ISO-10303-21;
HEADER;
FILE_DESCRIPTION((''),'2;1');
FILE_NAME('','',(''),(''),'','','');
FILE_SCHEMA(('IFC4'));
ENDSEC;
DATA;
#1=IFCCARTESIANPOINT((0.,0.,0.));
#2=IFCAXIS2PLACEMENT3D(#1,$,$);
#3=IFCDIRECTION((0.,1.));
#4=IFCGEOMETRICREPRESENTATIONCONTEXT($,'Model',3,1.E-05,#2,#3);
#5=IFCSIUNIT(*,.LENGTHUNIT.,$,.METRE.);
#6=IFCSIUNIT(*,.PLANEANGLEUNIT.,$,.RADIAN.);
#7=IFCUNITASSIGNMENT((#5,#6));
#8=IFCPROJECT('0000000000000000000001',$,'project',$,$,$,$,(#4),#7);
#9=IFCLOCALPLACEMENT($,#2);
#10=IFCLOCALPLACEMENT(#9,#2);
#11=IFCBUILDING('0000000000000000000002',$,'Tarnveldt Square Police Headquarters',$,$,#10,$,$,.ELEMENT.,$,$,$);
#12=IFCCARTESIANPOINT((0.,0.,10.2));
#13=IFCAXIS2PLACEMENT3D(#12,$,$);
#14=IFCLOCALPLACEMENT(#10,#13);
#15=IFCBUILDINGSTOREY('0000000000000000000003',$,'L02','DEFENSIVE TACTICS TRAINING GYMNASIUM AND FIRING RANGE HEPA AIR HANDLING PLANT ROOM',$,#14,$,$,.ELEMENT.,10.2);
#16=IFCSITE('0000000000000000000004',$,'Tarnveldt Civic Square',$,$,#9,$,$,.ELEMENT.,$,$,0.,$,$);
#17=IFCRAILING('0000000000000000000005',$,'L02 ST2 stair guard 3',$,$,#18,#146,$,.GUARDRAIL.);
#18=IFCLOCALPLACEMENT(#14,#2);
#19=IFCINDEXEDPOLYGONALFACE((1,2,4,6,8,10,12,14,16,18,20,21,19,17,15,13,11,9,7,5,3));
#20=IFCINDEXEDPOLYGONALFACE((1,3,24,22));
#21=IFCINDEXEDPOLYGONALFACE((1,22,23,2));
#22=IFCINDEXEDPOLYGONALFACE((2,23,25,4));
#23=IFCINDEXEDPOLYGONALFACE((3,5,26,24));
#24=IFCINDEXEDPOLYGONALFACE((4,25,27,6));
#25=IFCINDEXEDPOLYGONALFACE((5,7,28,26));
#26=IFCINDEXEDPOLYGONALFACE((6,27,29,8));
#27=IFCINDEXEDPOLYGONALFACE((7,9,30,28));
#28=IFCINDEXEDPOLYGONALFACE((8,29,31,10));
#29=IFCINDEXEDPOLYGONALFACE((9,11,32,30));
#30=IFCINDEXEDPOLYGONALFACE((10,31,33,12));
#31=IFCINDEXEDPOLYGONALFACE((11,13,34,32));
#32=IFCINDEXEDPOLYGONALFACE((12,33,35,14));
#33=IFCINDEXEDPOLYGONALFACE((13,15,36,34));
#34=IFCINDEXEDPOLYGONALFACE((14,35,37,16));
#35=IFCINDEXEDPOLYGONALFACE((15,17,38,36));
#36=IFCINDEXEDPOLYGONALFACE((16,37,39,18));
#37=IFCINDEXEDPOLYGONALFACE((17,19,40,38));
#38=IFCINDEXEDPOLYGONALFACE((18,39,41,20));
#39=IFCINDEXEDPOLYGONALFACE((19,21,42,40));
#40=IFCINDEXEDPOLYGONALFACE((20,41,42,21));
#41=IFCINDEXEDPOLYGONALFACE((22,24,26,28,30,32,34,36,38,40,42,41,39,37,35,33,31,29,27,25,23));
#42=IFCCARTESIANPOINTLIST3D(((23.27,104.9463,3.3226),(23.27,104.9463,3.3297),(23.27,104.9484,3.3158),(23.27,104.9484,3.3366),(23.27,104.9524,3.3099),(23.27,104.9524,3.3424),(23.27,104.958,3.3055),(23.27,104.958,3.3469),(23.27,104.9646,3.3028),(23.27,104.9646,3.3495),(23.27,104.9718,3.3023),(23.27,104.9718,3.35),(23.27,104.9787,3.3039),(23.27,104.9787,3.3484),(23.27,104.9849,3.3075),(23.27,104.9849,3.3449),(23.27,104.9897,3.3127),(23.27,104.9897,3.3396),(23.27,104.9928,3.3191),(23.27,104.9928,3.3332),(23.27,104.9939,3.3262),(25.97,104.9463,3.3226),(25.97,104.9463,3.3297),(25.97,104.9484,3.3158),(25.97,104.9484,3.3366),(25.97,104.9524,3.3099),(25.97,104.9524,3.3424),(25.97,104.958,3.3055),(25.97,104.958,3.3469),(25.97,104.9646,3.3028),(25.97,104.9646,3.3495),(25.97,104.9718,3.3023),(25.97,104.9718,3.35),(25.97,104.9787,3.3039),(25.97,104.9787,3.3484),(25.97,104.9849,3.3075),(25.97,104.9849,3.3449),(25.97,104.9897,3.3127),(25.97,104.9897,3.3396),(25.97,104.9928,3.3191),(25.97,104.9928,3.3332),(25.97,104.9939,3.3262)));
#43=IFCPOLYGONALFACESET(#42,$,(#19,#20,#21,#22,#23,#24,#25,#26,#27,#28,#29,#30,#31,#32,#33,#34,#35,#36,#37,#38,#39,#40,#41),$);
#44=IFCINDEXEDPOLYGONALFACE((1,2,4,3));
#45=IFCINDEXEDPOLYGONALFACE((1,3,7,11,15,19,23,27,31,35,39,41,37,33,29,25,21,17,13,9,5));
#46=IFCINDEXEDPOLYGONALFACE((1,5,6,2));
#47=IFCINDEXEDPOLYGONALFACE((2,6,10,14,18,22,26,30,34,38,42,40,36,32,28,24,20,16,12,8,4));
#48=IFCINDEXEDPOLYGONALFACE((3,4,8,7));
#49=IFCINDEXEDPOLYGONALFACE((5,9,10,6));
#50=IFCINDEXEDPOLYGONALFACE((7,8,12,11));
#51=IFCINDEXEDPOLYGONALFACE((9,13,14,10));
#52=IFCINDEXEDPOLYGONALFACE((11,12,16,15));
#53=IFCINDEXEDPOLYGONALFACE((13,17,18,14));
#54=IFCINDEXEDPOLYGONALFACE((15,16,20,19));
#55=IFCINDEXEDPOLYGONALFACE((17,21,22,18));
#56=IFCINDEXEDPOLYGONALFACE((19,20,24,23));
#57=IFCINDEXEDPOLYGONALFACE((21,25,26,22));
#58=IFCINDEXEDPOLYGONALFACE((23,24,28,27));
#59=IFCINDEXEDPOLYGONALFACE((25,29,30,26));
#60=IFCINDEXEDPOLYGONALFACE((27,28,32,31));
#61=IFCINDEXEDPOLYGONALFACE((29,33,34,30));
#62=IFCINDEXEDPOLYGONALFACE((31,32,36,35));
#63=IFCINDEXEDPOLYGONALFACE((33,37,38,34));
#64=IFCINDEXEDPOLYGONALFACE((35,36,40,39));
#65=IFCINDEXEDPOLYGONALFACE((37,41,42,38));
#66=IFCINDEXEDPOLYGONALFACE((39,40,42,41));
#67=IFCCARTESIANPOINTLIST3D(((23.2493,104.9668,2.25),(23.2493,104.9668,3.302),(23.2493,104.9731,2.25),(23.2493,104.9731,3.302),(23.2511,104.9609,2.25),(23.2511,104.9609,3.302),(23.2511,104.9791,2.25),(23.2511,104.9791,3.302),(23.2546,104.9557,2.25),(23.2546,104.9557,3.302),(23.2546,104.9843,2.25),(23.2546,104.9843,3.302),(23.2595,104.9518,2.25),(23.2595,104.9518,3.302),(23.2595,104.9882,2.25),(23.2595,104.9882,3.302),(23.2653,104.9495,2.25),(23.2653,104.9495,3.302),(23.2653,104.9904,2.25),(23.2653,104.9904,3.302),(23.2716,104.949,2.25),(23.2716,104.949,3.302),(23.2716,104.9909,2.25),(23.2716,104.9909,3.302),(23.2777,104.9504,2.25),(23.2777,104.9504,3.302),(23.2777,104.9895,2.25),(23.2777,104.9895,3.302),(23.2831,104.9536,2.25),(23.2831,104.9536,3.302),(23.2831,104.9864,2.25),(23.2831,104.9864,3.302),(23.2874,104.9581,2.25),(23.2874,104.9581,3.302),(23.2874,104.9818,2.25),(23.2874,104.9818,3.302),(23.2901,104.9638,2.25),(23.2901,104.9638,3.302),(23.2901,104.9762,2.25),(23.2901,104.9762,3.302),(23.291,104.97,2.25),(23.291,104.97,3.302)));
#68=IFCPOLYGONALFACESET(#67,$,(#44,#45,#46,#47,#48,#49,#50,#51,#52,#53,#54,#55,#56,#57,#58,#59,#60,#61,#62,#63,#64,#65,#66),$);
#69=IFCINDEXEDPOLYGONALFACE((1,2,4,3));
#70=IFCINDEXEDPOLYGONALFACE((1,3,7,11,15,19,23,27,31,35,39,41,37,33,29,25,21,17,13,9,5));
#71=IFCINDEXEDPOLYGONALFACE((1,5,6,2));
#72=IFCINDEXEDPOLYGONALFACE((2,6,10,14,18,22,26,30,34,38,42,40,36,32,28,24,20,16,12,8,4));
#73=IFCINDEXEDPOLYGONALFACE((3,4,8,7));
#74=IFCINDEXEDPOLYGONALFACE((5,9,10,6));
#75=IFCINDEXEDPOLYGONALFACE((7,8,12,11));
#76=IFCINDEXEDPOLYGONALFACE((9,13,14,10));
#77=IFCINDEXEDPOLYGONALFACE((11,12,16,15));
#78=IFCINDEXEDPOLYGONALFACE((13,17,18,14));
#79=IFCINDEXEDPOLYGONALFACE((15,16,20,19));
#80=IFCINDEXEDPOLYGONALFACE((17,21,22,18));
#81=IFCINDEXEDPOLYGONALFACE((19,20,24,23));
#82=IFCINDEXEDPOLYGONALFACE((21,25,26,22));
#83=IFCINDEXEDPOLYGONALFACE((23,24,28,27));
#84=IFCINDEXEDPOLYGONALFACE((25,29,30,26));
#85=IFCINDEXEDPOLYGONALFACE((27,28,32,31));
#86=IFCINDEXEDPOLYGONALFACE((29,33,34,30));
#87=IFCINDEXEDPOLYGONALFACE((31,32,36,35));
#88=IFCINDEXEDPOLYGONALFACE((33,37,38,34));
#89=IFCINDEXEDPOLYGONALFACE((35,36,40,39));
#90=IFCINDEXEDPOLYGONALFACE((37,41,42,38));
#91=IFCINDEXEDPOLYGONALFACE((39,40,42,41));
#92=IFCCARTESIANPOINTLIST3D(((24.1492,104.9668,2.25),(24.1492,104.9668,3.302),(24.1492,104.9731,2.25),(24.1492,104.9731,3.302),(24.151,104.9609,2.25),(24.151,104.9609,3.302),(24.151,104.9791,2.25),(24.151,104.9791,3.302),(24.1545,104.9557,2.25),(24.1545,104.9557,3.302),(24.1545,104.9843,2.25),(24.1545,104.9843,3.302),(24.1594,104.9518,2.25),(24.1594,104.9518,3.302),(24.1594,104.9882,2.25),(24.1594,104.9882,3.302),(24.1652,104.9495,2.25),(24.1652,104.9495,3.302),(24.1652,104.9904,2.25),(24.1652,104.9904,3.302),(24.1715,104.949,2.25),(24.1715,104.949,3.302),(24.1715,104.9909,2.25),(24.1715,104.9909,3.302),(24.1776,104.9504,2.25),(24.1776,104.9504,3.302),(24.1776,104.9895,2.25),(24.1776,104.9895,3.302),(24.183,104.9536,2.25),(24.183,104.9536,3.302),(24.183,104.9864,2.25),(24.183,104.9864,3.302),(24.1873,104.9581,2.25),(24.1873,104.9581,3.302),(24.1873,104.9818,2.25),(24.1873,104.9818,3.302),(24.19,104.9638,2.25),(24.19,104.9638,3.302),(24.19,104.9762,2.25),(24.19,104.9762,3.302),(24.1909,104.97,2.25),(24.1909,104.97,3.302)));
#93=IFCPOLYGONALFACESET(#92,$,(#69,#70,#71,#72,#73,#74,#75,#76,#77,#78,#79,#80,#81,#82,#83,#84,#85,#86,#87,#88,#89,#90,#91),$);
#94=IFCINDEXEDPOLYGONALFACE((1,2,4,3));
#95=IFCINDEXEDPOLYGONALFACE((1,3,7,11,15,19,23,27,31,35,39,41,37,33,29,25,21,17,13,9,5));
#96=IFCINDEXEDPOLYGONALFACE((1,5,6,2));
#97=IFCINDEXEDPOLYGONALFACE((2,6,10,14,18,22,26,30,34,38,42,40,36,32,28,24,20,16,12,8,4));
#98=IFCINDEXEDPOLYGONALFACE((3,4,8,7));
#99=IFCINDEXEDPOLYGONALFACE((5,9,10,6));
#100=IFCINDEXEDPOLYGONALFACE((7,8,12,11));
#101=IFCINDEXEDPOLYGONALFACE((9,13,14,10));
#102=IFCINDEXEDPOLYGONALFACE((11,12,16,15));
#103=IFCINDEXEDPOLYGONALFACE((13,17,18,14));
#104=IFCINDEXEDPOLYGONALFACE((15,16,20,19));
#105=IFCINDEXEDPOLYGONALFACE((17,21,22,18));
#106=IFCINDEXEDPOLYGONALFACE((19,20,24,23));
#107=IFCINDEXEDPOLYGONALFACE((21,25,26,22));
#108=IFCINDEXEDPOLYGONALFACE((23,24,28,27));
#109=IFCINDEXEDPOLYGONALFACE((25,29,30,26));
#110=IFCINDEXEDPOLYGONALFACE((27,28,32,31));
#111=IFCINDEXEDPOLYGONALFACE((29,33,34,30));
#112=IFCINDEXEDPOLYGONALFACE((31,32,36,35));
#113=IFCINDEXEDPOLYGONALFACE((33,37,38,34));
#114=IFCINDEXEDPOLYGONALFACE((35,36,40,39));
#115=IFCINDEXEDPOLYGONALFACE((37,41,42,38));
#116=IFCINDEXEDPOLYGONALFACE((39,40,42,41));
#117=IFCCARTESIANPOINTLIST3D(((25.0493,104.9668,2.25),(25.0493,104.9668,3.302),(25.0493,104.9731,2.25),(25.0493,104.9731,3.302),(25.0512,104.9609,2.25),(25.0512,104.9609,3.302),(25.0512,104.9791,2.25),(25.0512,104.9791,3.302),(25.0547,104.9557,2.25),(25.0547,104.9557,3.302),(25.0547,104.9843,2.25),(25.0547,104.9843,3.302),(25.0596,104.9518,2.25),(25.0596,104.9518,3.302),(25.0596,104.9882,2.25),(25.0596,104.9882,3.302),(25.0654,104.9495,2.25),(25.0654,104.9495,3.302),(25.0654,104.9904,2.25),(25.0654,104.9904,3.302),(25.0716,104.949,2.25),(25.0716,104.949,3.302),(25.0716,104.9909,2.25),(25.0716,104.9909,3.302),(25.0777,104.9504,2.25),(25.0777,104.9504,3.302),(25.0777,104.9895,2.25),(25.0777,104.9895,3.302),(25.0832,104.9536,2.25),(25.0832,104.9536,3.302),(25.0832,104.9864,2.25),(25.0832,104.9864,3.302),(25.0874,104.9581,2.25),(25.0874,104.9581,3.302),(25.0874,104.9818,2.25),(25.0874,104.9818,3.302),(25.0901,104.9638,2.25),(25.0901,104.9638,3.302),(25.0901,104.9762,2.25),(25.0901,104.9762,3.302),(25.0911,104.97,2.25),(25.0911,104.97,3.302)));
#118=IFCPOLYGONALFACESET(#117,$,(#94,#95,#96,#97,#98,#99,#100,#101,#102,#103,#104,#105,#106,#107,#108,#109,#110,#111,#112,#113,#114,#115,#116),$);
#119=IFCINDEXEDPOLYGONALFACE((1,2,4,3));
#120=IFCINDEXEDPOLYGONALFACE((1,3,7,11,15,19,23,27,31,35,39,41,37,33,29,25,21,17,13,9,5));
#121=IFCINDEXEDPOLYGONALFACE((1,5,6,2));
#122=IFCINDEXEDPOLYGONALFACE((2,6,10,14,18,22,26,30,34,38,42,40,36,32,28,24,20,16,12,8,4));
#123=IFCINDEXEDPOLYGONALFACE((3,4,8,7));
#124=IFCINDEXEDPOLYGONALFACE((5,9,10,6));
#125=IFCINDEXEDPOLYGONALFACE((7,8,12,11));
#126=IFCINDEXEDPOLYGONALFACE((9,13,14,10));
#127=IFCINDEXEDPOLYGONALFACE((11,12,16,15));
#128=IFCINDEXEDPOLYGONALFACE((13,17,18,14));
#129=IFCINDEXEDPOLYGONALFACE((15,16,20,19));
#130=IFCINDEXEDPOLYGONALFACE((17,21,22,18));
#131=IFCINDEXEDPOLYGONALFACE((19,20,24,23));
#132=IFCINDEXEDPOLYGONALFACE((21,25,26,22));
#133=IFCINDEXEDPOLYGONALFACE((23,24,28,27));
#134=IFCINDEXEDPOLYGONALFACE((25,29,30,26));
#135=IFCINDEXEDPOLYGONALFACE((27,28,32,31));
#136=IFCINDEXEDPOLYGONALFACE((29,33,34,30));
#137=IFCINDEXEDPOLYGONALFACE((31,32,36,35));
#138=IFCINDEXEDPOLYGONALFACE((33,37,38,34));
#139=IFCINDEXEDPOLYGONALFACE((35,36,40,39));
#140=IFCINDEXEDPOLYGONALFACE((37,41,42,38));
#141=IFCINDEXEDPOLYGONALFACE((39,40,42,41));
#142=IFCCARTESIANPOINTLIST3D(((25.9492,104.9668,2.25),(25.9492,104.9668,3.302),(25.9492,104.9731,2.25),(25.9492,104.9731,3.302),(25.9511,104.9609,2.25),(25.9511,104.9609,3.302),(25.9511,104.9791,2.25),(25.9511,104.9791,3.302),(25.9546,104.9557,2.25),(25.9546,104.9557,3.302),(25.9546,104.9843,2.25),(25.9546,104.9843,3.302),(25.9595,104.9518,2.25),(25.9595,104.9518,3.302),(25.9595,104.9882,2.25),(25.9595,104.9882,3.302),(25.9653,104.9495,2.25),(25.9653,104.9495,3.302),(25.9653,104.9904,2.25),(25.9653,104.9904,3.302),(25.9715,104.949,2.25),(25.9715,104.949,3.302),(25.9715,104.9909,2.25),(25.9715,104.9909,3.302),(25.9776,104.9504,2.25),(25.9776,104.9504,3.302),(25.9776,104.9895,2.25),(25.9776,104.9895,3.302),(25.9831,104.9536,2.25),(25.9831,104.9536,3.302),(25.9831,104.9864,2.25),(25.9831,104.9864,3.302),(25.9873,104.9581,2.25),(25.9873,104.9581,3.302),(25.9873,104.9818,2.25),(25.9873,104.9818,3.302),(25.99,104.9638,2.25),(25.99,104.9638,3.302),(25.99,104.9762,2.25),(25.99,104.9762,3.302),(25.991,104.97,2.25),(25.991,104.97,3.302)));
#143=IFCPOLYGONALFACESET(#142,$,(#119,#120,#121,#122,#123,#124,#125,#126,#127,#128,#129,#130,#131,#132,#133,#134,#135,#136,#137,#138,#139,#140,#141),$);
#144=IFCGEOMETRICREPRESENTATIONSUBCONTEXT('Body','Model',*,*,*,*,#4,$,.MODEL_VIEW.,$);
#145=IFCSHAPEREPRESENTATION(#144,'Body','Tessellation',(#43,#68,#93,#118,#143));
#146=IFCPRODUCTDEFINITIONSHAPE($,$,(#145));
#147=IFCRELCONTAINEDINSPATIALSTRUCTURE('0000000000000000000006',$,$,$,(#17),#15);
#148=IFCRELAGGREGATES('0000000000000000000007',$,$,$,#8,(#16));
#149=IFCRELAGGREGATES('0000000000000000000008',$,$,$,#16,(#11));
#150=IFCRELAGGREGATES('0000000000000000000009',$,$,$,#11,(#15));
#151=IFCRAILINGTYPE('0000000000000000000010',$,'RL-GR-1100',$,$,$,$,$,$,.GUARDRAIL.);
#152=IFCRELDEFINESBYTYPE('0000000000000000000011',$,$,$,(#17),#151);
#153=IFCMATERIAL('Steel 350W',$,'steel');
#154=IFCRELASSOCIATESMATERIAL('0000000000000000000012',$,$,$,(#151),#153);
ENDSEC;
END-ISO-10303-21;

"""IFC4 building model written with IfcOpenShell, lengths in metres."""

from ifc_helpers import new_model, si_unit, direction, frame, origin, origin_2d, place, context, subcontext, project, spatial, circle, extrude, material, type_object, element, save


model = new_model("IFC4")

# Units and contexts
model_context = context("Model", 3, precision=1e-05, world=origin(), true_north=direction((0.0, 1.0)))
body_context = subcontext(model_context, "Body", "Model", "MODEL_VIEW")
ifc_project = project(units=[si_unit("LENGTHUNIT", "METRE"), si_unit("PLANEANGLEUNIT", "RADIAN")], contexts=[model_context])

# Site, building, storey
site_placement = place(None, origin())
site = spatial("IfcSite", under=ifc_project, at=site_placement, Name="Tarnveldt Civic Square", CompositionType="ELEMENT", RefElevation=0.0)
building_placement = place(site_placement, origin())
building = spatial("IfcBuilding", under=site, at=building_placement, Name="Tarnveldt Square Police Headquarters", CompositionType="ELEMENT")
storey_placement = place(building_placement, frame((0.0, 0.0, 10.2)))
storey = spatial("IfcBuildingStorey", under=building, at=storey_placement, Name="L02", Description="DEFENSIVE TACTICS TRAINING GYMNASIUM AND FIRING RANGE HEPA AIR HANDLING PLANT ROOM", CompositionType="ELEMENT", Elevation=10.2)

# Shared definitions
ifc_material_1 = material(Name="Steel 350W", Category="steel")

# Railing
railing_type_1 = type_object("IfcRailingType", Name="RL-GR-1100", PredefinedType="GUARDRAIL", material=ifc_material_1)
railing_1_placement = place(storey_placement, frame((23.27, 104.97, 2.25)))
element("IfcRailing", 1, at=railing_1_placement, inside=storey, type_object=railing_type_1, Name="L02 ST2 stair guard 3", PredefinedType="GUARDRAIL", context=body_context, shape_type="SweptSolid", body=[
    extrude(circle(Radius=0.0239, at=origin_2d()), frame((0.0, 0.0, 1.0762), z_axis=(1.0, 0.0, 0.0), x_axis=(0.0, 1.0, 0.0)), (0.0, 0.0, 1.0), 2.7),
    extrude(circle(Radius=0.021, at=origin_2d()), origin(), (0.0, 0.0, 1.0), 1.052),
    extrude(circle(Radius=0.021, at=origin_2d()), frame((0.8999, 0.0, 0.0)), (0.0, 0.0, 1.0), 1.052),
    extrude(circle(Radius=0.021, at=origin_2d()), frame((1.8, 0.0, 0.0)), (0.0, 0.0, 1.0), 1.052),
    extrude(circle(Radius=0.021, at=origin_2d()), frame((2.7, 0.0, 0.0)), (0.0, 0.0, 1.0), 1.052),
])

save(model, "model.ifc")
